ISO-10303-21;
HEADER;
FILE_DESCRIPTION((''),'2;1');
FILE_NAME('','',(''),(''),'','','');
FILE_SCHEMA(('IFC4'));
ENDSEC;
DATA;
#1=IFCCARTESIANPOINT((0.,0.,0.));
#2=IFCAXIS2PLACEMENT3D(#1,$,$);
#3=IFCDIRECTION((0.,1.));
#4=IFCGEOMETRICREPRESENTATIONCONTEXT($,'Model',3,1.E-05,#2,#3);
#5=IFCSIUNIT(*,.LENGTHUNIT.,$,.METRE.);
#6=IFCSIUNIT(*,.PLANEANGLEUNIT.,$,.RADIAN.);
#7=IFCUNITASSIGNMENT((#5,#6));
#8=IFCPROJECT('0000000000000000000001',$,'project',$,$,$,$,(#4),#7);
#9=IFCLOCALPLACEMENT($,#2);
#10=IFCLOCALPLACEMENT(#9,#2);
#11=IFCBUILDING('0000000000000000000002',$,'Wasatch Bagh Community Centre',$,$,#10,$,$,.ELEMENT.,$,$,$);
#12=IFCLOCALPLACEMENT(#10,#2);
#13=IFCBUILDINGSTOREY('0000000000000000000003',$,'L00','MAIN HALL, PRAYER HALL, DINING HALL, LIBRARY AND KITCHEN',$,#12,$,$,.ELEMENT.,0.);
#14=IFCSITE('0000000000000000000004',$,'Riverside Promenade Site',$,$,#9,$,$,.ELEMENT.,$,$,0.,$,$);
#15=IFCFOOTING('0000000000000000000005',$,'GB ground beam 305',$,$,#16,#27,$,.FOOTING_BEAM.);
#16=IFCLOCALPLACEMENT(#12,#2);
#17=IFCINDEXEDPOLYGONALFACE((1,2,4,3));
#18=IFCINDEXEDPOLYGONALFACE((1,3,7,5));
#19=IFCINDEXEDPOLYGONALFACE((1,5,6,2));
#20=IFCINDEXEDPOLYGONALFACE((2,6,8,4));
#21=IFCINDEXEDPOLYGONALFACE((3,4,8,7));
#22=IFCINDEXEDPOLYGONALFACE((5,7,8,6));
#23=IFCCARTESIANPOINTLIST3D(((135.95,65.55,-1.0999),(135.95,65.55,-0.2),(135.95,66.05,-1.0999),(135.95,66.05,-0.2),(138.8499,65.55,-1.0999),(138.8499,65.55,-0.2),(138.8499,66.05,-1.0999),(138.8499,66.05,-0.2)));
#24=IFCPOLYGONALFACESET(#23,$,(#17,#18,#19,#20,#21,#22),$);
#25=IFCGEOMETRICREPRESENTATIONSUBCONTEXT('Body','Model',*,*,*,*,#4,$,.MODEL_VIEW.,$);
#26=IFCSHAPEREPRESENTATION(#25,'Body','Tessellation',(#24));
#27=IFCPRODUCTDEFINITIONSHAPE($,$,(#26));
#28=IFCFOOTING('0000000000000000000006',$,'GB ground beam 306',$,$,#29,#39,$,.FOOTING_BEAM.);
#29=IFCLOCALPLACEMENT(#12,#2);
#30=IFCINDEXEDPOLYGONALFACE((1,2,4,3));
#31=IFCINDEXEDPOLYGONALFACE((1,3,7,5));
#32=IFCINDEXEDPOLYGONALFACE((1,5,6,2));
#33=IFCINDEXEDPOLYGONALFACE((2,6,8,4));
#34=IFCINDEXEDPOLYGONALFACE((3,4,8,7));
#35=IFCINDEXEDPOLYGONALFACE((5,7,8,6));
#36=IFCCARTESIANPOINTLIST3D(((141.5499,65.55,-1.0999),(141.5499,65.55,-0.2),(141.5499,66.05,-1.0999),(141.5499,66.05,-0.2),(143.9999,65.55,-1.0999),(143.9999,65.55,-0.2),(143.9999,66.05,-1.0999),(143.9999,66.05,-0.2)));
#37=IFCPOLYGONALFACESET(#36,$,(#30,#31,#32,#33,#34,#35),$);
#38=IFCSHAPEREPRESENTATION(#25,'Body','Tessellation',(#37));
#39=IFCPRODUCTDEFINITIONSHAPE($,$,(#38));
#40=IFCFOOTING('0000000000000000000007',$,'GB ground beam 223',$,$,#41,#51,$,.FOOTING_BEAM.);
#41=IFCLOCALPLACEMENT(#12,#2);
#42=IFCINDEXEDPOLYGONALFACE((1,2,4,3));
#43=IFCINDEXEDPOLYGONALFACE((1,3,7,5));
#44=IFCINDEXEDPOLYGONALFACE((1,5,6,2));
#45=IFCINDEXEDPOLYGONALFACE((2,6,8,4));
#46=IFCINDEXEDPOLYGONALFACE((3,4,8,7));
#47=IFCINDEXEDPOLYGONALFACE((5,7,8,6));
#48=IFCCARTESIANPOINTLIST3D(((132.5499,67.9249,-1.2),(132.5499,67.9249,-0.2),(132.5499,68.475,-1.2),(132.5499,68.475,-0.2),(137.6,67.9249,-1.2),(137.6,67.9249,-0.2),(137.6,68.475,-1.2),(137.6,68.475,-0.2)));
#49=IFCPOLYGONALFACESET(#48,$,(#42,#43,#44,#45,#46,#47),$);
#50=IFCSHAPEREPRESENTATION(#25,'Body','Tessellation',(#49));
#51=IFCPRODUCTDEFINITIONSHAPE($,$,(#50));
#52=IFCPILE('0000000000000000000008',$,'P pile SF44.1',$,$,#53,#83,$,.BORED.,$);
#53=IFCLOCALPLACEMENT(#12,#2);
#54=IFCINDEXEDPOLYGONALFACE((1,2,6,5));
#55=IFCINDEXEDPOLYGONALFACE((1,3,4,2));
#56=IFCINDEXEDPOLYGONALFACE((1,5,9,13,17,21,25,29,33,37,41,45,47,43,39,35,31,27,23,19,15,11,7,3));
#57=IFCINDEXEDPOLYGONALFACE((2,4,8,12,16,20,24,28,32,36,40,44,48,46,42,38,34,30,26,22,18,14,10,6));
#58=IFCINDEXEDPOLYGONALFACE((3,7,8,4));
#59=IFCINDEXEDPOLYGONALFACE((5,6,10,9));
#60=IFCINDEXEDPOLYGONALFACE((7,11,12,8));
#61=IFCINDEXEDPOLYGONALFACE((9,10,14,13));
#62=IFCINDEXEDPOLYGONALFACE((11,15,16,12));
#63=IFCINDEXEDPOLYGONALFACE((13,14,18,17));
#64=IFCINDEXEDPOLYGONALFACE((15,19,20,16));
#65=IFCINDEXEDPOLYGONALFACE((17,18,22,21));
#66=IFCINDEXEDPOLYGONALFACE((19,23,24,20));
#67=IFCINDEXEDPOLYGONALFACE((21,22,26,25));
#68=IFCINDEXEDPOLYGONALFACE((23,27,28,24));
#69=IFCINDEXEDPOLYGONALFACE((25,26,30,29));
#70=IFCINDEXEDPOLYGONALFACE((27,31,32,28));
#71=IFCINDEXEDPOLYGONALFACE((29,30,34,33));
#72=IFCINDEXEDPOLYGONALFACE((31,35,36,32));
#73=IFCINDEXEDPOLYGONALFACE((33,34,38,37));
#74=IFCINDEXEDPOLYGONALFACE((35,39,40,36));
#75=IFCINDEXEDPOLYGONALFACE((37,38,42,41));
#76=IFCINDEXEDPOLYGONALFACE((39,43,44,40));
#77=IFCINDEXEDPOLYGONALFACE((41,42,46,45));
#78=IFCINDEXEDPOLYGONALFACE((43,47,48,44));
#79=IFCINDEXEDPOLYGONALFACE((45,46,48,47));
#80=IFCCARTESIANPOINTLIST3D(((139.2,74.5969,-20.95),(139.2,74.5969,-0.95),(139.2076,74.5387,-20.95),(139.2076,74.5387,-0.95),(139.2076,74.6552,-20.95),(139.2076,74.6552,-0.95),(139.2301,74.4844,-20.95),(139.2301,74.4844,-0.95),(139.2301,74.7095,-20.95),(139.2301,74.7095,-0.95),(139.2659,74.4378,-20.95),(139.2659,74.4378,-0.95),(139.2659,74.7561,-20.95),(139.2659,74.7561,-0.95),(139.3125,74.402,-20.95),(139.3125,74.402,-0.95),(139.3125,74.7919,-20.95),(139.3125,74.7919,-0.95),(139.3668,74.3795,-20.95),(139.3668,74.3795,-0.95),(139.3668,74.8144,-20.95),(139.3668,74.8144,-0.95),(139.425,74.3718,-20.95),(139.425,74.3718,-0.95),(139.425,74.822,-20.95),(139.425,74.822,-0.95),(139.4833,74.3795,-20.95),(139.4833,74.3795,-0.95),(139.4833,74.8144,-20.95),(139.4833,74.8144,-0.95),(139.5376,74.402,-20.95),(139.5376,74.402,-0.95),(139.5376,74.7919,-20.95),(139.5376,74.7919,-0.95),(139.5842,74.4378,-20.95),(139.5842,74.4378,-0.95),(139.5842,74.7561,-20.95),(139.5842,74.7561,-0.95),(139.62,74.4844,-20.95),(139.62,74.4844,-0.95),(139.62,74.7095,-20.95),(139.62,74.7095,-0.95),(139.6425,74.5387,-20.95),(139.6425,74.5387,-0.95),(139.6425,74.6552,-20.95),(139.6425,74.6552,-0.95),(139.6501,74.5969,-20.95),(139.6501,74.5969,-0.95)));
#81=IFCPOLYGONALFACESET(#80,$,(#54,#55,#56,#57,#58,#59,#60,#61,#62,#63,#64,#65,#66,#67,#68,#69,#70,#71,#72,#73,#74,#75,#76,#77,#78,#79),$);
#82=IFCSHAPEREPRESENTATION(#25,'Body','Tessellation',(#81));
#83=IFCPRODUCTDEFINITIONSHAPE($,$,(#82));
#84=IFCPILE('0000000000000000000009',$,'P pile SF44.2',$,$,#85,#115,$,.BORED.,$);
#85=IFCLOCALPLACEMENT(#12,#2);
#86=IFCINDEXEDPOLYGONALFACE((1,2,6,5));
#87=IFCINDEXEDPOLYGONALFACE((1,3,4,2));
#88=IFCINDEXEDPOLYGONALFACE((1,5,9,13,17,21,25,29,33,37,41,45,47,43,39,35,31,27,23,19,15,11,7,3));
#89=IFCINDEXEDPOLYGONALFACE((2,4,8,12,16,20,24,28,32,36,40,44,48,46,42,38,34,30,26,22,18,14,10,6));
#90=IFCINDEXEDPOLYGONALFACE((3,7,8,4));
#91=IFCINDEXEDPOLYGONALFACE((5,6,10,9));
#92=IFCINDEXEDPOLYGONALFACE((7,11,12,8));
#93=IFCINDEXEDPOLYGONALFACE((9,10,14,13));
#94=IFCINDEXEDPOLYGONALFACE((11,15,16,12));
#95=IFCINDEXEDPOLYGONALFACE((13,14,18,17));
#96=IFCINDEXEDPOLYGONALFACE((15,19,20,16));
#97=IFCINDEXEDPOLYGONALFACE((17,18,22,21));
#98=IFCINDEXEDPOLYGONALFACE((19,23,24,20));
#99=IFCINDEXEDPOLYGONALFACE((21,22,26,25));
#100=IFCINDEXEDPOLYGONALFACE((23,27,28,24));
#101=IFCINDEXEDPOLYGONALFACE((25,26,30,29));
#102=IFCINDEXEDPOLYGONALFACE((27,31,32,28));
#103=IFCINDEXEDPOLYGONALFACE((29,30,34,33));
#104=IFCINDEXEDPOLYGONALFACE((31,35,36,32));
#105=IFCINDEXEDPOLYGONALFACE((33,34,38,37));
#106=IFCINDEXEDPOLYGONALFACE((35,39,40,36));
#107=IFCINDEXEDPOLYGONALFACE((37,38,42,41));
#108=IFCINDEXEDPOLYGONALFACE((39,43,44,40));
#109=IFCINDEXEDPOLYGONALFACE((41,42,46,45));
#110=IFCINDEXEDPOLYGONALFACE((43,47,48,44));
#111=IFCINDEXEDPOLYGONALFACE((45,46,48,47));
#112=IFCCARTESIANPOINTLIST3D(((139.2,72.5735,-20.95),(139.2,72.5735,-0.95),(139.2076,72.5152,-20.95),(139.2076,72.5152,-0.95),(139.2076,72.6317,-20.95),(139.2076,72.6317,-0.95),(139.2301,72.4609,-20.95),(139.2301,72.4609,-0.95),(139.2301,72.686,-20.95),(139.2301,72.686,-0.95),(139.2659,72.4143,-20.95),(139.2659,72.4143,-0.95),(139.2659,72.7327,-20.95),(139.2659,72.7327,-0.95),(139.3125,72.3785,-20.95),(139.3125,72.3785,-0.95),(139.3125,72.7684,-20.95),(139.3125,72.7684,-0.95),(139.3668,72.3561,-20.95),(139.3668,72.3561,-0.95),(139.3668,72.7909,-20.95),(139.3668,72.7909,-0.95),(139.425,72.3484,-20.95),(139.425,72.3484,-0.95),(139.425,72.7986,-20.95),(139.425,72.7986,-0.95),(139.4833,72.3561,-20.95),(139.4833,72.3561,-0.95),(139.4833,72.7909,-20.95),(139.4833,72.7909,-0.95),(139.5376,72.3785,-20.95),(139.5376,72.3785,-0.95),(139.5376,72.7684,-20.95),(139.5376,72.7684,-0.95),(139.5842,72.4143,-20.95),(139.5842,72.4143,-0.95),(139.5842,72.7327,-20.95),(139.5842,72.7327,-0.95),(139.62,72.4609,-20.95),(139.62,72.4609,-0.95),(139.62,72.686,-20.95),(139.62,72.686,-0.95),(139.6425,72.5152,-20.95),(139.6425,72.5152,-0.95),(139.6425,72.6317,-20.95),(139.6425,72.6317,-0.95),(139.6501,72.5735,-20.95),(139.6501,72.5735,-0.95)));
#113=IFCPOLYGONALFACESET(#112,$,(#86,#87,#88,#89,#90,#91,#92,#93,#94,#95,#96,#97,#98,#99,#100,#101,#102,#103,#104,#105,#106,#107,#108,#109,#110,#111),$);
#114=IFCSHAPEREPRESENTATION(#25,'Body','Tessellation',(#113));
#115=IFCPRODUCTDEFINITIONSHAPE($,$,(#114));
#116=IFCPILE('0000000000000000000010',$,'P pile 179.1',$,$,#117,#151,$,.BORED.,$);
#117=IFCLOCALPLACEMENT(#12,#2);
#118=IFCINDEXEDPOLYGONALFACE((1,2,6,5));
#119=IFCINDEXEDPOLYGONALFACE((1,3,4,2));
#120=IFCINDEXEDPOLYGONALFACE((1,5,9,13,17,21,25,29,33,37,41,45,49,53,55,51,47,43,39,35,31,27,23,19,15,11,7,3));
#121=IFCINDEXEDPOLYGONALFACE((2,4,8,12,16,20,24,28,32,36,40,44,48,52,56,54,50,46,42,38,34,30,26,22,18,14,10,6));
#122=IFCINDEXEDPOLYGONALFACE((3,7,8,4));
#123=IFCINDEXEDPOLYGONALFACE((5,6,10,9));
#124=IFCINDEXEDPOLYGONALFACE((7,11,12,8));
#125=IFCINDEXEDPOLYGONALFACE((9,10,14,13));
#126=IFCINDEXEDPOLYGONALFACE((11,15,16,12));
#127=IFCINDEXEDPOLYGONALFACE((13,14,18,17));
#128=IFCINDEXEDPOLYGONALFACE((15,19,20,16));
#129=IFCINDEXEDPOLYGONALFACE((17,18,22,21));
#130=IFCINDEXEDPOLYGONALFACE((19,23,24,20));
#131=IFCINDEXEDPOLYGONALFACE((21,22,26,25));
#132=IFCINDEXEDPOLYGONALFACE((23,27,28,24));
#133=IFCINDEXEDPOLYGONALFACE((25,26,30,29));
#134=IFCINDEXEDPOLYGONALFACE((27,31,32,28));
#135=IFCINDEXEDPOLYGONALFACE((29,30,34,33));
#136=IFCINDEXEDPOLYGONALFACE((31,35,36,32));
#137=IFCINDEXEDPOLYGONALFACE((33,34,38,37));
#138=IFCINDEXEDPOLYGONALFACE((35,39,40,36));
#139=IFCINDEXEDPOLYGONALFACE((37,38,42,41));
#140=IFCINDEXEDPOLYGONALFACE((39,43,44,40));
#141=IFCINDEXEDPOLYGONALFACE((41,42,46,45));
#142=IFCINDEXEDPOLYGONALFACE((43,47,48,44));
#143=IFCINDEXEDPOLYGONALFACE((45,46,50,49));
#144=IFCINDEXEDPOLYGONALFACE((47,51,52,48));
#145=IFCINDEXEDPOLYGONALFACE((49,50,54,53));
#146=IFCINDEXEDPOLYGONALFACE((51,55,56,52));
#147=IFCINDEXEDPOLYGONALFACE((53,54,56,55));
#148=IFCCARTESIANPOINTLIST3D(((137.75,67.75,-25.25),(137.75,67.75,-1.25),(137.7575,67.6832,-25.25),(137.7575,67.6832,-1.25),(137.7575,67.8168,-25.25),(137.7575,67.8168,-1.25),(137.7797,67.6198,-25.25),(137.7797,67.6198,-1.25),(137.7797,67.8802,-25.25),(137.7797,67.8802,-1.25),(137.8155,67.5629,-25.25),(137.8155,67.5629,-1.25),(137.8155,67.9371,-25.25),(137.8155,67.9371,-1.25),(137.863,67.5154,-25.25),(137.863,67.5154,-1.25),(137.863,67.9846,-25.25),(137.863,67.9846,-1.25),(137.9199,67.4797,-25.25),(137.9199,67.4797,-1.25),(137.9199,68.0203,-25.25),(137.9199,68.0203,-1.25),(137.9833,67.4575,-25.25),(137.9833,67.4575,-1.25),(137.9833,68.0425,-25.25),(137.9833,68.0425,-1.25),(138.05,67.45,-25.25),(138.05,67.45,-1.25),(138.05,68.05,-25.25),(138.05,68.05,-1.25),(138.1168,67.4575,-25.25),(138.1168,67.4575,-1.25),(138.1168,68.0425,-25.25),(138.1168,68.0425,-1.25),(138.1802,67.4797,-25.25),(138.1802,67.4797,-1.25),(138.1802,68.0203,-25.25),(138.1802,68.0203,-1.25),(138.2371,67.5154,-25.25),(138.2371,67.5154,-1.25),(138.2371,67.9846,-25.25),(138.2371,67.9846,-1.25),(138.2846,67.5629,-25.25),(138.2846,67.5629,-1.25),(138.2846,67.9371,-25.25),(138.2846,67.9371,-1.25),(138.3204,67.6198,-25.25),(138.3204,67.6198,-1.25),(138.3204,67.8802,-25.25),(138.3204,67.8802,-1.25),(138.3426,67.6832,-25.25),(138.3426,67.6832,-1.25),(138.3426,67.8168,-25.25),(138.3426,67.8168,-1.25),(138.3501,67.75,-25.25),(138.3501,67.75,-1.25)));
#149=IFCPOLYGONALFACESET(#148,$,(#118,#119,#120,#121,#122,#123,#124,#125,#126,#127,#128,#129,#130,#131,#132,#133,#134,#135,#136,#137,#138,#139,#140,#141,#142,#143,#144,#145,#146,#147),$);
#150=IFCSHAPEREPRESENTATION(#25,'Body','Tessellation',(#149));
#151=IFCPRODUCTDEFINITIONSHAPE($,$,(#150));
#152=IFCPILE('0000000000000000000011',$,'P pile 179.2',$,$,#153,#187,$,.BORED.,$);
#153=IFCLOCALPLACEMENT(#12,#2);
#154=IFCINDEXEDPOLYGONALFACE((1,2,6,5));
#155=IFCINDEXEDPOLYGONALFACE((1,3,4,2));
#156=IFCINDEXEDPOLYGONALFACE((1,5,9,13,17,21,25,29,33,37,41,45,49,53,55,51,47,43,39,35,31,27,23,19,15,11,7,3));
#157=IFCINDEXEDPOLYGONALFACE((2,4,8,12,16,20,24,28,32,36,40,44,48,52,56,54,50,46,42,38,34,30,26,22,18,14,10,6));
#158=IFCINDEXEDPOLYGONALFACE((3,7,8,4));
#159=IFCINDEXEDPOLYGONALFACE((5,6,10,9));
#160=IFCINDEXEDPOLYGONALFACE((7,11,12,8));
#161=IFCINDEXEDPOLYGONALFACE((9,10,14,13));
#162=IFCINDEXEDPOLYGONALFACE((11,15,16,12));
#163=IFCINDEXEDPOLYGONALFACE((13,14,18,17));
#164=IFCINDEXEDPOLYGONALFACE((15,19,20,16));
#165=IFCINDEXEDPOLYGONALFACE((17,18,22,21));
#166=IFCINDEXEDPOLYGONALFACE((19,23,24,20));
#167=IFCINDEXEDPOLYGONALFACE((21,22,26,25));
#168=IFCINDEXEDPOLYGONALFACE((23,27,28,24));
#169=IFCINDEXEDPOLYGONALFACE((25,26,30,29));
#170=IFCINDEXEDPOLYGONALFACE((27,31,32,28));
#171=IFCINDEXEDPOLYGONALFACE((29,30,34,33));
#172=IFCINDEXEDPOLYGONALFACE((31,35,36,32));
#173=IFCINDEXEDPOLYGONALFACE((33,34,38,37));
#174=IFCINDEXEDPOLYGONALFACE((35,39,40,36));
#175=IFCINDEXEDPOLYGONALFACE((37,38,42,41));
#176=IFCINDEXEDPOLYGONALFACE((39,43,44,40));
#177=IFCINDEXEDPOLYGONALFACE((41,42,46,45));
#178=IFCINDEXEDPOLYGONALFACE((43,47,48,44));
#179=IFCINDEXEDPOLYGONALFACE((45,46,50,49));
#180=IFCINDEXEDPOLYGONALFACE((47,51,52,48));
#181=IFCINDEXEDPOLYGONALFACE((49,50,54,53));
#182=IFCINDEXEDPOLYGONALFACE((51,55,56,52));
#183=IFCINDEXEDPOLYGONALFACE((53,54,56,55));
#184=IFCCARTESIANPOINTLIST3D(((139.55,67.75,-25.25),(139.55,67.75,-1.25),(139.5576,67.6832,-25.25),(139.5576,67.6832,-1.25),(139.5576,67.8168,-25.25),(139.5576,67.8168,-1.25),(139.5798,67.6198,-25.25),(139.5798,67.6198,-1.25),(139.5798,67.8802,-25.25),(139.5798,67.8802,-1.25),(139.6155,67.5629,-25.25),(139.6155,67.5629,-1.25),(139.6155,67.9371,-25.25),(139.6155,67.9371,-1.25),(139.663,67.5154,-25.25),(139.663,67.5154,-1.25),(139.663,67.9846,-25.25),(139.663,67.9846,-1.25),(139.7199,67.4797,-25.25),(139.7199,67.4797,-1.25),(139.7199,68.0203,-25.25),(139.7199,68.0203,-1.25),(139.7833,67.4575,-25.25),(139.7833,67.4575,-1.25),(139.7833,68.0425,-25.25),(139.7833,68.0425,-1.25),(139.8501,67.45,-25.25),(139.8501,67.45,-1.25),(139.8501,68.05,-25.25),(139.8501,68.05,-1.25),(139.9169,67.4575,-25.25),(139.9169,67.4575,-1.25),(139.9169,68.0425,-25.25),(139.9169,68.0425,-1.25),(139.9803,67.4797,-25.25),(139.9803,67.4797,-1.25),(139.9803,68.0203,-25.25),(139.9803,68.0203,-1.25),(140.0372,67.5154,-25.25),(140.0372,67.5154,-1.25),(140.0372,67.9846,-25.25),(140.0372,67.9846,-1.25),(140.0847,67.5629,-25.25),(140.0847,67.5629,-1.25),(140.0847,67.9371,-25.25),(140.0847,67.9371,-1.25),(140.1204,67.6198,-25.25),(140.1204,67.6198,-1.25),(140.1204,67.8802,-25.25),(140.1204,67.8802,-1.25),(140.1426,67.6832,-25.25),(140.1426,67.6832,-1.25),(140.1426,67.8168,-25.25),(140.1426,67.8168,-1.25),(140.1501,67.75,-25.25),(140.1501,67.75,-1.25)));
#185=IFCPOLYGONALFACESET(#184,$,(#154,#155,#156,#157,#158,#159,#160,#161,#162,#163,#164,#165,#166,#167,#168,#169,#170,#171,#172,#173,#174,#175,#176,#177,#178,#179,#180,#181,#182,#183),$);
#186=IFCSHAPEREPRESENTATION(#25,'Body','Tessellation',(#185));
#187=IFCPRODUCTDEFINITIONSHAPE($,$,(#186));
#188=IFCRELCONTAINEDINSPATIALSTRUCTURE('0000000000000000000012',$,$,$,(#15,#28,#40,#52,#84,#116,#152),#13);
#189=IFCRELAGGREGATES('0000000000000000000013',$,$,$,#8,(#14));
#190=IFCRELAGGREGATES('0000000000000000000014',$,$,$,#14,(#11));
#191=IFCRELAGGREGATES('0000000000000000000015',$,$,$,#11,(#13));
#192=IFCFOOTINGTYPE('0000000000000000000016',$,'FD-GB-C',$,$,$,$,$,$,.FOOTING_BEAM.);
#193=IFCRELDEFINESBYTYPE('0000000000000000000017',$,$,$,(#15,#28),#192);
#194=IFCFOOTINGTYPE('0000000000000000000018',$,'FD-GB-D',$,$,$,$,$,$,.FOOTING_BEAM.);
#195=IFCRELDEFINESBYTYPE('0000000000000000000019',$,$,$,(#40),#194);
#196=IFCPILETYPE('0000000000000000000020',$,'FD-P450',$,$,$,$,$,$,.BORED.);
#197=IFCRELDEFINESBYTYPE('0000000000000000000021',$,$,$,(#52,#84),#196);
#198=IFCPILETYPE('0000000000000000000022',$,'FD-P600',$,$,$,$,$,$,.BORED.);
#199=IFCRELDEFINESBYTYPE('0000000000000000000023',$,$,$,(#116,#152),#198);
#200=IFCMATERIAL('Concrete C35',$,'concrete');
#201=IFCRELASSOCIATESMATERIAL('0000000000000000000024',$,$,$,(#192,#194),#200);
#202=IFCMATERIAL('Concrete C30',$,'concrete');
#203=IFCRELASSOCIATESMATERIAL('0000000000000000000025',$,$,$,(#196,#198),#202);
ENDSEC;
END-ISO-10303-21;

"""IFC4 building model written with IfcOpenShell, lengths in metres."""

from ifc_helpers import new_model, si_unit, direction, frame, origin, origin_2d, place, context, subcontext, project, spatial, rectangle, circle, extrude, material, material_profile, profile_set, type_object, element, save


model = new_model("IFC4")

# Units and contexts
model_context = context("Model", 3, precision=1e-05, world=origin(), true_north=direction((0.0, 1.0)))
body_context = subcontext(model_context, "Body", "Model", "MODEL_VIEW")
ifc_project = project(units=[si_unit("LENGTHUNIT", "METRE"), si_unit("PLANEANGLEUNIT", "RADIAN")], contexts=[model_context])

# Site, building, storey
site_placement = place(None, origin())
site = spatial("IfcSite", under=ifc_project, at=site_placement, Name="Riverside Promenade Site", CompositionType="ELEMENT", RefElevation=0.0)
building_placement = place(site_placement, origin())
building = spatial("IfcBuilding", under=site, at=building_placement, Name="Wasatch Bagh Community Centre", CompositionType="ELEMENT")
storey_placement = place(building_placement, origin())
storey = spatial("IfcBuildingStorey", under=building, at=storey_placement, Name="L00", Description="MAIN HALL, PRAYER HALL, DINING HALL, LIBRARY AND KITCHEN", CompositionType="ELEMENT", Elevation=0.0)

# Footings
ifc_material_1 = material(Name="Concrete C35", Category="concrete")
footing_type_1 = type_object("IfcFootingType", Name="FD-GB-C", PredefinedType="FOOTING_BEAM", material=ifc_material_1)
footing_1_placement = place(storey_placement, frame((137.3999, 65.8, -1.0999), z_axis=(0.0, 0.0, 1.0), x_axis=(1.0, 0.0, 0.0)))
element("IfcFooting", 1, at=footing_1_placement, inside=storey, type_object=footing_type_1, Name="GB ground beam 305", PredefinedType="FOOTING_BEAM", context=body_context, shape_type="SweptSolid", body=[
    extrude(rectangle(XDim=2.8999, YDim=0.5, at=origin_2d()), origin(), (0.0, 0.0, 1.0), 0.8999),
])
footing_2_placement = place(storey_placement, frame((142.7749, 65.8, -1.0999), z_axis=(0.0, 0.0, 1.0), x_axis=(1.0, 0.0, 0.0)))
element("IfcFooting", 2, at=footing_2_placement, inside=storey, type_object=footing_type_1, Name="GB ground beam 306", PredefinedType="FOOTING_BEAM", context=body_context, shape_type="SweptSolid", body=[
    extrude(rectangle(XDim=2.45, YDim=0.5, at=origin_2d()), origin(), (0.0, 0.0, 1.0), 0.8999),
])
footing_type_2 = type_object("IfcFootingType", Name="FD-GB-D", PredefinedType="FOOTING_BEAM", material=ifc_material_1)
footing_3_placement = place(storey_placement, frame((135.075, 68.2, -1.2), z_axis=(0.0, 0.0, 1.0), x_axis=(1.0, 0.0, 0.0)))
element("IfcFooting", 3, at=footing_3_placement, inside=storey, type_object=footing_type_2, Name="GB ground beam 223", PredefinedType="FOOTING_BEAM", context=body_context, shape_type="SweptSolid", body=[
    extrude(rectangle(XDim=5.05, YDim=0.55, at=origin_2d()), origin(), (0.0, 0.0, 1.0), 1.0),
])

# Piles
ifc_material_2 = material(Name="Concrete C30", Category="concrete")
ifc_material_profile_1 = material_profile(ifc_material_2, circle(Radius=0.2251, at=origin_2d()), Name="RC D450")
ifc_profile_set_1 = profile_set([ifc_material_profile_1], Name="Concrete C30")
pile_type_1 = type_object("IfcPileType", Name="FD-P450", PredefinedType="BORED", material=ifc_profile_set_1)
for number, where, z_axis, x_axis, name in (
    (4, (139.425, 74.5969, -0.95), (0.0, 0.0, -1.0), (1.0, 0.0, 0.0), "P pile SF44.1"),
    (5, (139.425, 72.5735, -0.95), (0.0, 0.0, -1.0), (1.0, 0.0, 0.0), "P pile SF44.2"),
):
    element("IfcPile", number, at=place(storey_placement, frame(where, z_axis=z_axis, x_axis=x_axis)), inside=storey, type_object=pile_type_1, Name=name, PredefinedType="BORED", context=body_context, shape_type="SweptSolid", body=[
        extrude(circle(Radius=0.2251, at=origin_2d()), origin(), (0.0, 0.0, 1.0), 20.0),
    ])
ifc_material_profile_2 = material_profile(ifc_material_2, circle(Radius=0.3, at=origin_2d()), Name="RC D600")
ifc_profile_set_2 = profile_set([ifc_material_profile_2], Name="Concrete C30")
pile_type_2 = type_object("IfcPileType", Name="FD-P600", PredefinedType="BORED", material=ifc_profile_set_2)
for number, where, z_axis, x_axis, name in (
    (6, (138.05, 67.75, -1.25), (0.0, 0.0, -1.0), (1.0, 0.0, 0.0), "P pile 179.1"),
    (7, (139.8501, 67.75, -1.25), (0.0, 0.0, -1.0), (1.0, 0.0, 0.0), "P pile 179.2"),
):
    element("IfcPile", number, at=place(storey_placement, frame(where, z_axis=z_axis, x_axis=x_axis)), inside=storey, type_object=pile_type_2, Name=name, PredefinedType="BORED", context=body_context, shape_type="SweptSolid", body=[
        extrude(circle(Radius=0.3, at=origin_2d()), origin(), (0.0, 0.0, 1.0), 24.0),
    ])

save(model, "model.ifc")
